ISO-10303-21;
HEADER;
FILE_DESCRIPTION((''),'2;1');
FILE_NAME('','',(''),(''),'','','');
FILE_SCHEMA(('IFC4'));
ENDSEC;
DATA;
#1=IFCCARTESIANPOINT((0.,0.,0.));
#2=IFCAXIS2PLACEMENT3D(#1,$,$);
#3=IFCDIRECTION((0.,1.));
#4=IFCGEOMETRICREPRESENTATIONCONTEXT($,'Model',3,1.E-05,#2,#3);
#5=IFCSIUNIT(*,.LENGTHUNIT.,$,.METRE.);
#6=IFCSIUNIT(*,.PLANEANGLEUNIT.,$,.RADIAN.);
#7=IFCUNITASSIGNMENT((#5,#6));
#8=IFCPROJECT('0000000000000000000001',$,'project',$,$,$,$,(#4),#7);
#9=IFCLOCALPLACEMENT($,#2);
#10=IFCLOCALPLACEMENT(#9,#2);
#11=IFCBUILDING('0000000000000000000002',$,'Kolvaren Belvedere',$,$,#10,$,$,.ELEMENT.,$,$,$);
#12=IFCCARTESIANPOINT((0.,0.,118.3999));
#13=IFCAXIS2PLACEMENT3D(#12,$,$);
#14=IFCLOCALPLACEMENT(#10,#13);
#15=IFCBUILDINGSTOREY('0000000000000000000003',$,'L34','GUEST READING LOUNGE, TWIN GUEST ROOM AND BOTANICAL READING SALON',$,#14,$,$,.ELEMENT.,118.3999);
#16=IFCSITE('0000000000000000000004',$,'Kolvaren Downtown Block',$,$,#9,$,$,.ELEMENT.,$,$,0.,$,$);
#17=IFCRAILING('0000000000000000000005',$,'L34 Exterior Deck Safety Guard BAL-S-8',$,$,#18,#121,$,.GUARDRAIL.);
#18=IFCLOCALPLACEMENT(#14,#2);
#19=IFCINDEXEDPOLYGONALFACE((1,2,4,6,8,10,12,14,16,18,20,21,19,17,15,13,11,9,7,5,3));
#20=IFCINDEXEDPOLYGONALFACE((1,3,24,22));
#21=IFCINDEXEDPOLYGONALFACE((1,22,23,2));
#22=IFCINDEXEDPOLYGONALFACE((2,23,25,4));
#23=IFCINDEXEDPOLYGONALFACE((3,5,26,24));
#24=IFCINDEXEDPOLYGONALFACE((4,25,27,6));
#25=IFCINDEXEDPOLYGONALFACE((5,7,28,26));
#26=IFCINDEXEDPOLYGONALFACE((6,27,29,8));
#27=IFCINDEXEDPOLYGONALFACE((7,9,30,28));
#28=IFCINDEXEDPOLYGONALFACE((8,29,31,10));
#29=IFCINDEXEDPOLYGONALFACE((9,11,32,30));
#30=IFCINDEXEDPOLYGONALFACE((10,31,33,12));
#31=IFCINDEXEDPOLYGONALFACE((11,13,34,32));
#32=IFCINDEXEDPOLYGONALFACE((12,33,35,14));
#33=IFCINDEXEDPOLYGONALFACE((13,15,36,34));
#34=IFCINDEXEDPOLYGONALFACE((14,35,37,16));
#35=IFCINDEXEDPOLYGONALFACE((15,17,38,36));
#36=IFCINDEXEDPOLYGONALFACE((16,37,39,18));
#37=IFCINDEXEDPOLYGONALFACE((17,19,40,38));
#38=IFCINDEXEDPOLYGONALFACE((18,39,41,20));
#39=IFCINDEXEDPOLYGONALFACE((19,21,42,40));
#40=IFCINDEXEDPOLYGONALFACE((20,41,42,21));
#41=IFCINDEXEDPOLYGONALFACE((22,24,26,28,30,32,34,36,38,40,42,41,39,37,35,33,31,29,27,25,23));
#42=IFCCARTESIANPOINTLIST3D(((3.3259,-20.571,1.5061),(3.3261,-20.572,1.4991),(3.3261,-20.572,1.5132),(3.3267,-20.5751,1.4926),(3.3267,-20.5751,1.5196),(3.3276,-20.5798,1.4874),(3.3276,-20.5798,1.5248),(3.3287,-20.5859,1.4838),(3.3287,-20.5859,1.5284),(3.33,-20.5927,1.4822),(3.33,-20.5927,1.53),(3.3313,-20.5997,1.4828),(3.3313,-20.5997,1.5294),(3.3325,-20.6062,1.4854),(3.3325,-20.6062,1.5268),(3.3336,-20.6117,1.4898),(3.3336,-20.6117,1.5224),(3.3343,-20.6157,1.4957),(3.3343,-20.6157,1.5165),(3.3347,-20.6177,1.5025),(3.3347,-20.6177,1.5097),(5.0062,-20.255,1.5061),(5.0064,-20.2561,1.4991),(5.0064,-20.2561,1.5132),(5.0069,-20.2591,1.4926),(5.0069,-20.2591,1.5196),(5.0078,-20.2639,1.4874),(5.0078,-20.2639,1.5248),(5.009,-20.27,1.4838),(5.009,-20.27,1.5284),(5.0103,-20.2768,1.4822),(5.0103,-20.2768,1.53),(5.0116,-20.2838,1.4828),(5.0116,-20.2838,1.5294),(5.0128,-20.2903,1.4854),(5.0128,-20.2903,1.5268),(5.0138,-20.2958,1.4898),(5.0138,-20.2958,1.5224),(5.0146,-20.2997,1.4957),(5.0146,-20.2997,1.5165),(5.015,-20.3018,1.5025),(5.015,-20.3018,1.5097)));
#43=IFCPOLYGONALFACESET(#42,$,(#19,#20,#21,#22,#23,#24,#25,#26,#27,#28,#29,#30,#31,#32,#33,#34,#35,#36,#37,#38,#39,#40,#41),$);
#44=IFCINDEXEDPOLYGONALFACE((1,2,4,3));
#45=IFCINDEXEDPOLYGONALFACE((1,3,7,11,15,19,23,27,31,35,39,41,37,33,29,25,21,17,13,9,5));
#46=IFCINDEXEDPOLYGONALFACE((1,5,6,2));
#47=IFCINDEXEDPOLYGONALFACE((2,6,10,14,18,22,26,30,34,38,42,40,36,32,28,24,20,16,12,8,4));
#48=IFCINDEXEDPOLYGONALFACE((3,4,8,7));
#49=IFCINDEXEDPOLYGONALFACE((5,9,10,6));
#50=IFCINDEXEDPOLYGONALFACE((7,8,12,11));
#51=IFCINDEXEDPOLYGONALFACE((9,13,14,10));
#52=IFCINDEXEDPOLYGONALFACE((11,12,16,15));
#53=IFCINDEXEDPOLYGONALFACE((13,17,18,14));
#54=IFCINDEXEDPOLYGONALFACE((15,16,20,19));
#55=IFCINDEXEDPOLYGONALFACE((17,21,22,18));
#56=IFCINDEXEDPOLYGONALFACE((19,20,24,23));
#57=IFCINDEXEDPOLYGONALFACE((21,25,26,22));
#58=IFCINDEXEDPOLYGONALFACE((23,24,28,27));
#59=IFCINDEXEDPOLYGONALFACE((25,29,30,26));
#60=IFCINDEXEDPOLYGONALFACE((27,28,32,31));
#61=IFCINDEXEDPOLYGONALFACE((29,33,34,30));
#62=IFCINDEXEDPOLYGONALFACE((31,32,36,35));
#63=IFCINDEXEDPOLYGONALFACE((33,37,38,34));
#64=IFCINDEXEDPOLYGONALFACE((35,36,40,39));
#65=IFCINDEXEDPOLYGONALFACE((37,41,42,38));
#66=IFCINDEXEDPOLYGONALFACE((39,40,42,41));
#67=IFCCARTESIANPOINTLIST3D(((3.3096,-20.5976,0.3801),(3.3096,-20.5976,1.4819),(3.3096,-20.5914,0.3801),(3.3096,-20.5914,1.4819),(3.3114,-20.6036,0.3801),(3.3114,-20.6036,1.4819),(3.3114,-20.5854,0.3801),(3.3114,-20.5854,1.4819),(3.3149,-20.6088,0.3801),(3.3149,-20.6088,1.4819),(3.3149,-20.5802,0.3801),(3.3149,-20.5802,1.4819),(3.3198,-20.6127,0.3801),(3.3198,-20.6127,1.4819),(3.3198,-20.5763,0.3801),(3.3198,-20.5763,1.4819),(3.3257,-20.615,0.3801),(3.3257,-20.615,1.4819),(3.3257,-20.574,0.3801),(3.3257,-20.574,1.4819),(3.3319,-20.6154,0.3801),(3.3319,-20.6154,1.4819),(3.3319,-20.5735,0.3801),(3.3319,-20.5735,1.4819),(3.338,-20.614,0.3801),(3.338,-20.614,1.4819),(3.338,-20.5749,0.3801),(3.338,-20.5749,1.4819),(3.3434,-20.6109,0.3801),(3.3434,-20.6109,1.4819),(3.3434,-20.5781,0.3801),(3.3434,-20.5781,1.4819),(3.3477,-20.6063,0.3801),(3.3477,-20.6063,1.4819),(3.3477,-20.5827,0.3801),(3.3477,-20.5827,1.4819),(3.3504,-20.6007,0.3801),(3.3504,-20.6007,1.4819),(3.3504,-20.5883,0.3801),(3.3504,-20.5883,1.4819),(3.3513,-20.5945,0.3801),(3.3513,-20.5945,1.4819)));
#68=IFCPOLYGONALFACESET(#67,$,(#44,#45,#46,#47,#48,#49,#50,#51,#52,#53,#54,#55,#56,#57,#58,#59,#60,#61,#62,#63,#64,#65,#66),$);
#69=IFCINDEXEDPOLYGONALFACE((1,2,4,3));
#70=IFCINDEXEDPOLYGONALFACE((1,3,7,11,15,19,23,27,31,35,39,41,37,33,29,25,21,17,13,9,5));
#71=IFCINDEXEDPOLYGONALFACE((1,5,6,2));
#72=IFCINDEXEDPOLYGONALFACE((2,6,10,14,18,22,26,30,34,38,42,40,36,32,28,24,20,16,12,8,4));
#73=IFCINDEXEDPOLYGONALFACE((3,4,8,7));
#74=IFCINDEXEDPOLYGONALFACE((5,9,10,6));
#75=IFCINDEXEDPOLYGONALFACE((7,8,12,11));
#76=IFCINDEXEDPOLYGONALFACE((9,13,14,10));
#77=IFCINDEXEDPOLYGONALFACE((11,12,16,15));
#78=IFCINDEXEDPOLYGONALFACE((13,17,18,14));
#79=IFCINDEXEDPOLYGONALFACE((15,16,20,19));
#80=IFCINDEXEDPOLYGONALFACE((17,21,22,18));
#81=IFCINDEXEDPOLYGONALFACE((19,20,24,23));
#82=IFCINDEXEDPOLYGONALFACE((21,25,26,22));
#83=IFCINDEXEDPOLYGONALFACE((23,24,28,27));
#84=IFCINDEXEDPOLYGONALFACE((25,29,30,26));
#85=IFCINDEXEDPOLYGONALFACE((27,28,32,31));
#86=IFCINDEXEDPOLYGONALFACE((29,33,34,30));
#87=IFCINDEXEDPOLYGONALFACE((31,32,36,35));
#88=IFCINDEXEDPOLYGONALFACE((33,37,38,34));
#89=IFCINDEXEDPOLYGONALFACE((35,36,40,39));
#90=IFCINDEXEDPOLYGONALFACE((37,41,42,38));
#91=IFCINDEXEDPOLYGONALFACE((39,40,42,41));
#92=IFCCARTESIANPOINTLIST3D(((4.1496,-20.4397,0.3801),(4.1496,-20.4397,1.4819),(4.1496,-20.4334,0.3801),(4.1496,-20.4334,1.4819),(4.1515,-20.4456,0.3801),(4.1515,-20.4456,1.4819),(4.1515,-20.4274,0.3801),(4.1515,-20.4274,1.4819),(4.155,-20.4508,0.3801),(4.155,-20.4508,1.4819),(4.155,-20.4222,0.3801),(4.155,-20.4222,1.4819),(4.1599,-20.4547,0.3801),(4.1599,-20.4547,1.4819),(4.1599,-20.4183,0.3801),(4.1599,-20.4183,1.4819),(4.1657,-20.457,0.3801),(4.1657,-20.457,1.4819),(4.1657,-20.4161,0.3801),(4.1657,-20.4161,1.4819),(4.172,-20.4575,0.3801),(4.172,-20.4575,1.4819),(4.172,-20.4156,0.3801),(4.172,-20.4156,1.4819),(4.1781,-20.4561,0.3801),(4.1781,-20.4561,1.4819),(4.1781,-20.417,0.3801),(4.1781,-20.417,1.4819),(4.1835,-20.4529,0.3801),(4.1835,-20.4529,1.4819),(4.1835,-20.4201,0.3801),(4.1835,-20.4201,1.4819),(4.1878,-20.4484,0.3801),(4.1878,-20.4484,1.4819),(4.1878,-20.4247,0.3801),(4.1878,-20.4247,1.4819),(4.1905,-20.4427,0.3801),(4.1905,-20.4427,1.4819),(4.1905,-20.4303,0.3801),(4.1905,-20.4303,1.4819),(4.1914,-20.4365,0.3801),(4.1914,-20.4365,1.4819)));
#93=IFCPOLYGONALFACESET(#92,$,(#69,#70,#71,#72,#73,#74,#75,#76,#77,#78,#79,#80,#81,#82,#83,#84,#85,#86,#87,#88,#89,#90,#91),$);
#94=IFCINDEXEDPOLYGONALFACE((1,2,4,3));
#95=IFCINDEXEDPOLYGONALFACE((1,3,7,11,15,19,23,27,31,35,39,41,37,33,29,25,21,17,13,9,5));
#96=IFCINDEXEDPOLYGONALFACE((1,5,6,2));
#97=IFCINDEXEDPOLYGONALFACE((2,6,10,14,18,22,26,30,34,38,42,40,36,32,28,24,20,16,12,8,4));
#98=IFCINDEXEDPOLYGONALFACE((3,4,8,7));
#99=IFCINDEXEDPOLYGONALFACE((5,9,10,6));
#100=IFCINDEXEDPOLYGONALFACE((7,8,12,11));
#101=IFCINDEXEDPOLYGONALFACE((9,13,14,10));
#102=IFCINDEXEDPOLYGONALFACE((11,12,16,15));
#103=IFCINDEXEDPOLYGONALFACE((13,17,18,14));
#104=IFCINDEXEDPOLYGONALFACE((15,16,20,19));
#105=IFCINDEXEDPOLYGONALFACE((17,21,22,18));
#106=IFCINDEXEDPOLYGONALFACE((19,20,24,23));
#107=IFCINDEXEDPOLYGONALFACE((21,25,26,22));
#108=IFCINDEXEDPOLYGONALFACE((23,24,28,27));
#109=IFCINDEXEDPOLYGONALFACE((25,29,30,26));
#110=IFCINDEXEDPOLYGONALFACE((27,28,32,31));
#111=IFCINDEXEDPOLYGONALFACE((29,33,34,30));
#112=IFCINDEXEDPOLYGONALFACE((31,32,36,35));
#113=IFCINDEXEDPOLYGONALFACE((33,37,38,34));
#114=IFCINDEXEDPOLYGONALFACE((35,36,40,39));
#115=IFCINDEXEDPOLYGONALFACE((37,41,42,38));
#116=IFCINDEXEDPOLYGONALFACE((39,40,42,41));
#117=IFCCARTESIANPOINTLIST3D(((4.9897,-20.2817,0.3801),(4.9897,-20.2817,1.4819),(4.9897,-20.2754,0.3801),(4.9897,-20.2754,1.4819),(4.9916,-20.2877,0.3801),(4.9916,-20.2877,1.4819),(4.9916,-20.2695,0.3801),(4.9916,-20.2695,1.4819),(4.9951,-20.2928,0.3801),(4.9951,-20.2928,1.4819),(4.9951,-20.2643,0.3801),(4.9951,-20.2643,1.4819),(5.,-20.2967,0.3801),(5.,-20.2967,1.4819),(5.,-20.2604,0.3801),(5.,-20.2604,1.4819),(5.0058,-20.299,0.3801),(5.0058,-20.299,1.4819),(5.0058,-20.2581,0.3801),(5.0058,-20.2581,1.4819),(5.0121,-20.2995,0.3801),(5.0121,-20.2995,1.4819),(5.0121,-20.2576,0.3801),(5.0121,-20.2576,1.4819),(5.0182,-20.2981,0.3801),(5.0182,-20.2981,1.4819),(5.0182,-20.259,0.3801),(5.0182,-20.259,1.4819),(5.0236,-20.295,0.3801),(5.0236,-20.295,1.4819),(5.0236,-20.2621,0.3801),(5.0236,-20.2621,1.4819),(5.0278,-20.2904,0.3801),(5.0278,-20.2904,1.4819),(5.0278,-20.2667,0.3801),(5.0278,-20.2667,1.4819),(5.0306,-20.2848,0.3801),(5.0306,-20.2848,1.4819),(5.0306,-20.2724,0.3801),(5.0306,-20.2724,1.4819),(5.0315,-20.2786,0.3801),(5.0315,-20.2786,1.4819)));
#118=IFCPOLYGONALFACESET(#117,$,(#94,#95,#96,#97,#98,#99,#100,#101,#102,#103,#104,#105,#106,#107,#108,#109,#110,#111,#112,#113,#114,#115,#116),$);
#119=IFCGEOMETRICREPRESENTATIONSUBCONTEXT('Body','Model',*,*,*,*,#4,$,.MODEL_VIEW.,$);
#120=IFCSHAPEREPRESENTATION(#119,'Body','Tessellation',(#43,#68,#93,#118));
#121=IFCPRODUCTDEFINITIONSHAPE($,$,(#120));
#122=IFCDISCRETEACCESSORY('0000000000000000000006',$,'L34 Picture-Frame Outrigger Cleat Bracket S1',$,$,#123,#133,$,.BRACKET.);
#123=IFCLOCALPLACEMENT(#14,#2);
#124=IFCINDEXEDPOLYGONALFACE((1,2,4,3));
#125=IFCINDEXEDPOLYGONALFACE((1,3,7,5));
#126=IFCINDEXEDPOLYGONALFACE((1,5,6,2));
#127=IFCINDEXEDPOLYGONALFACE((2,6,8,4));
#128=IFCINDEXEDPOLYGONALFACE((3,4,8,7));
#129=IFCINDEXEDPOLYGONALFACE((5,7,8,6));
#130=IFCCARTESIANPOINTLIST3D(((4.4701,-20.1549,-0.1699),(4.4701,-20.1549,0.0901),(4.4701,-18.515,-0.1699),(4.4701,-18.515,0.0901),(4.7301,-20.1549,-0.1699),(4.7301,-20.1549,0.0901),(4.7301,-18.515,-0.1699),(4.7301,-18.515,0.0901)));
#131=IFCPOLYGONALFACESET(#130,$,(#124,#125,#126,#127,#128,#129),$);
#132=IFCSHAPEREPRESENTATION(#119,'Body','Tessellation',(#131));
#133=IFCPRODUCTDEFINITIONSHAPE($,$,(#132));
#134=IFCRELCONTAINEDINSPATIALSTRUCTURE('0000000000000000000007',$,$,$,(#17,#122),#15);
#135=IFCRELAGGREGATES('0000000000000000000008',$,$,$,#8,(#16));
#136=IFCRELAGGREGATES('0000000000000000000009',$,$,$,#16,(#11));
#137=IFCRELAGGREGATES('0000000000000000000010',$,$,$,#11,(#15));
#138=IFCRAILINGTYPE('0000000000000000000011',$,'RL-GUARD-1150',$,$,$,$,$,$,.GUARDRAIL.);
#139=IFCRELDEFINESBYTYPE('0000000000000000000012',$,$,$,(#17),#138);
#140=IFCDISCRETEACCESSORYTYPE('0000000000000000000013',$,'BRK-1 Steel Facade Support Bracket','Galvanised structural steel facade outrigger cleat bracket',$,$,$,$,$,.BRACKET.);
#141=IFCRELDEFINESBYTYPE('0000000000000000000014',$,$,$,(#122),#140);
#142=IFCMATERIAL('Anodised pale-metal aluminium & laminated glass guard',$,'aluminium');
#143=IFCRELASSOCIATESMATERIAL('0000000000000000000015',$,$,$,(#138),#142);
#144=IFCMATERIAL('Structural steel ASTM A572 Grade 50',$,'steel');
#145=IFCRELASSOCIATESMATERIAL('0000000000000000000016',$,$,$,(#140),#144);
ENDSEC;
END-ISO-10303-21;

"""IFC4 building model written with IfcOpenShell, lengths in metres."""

from ifc_helpers import new_model, si_unit, direction, frame, origin, origin_2d, place, context, subcontext, project, spatial, rectangle, circle, extrude, material, type_object, element, save


model = new_model("IFC4")

# Units and contexts
model_context = context("Model", 3, precision=1e-05, world=origin(), true_north=direction((0.0, 1.0)))
body_context = subcontext(model_context, "Body", "Model", "MODEL_VIEW")
ifc_project = project(units=[si_unit("LENGTHUNIT", "METRE"), si_unit("PLANEANGLEUNIT", "RADIAN")], contexts=[model_context])

# Site, building, storey
site_placement = place(None, origin())
site = spatial("IfcSite", under=ifc_project, at=site_placement, Name="Kolvaren Downtown Block", CompositionType="ELEMENT", RefElevation=0.0)
building_placement = place(site_placement, origin())
building = spatial("IfcBuilding", under=site, at=building_placement, Name="Kolvaren Belvedere", CompositionType="ELEMENT")
storey_placement = place(building_placement, frame((0.0, 0.0, 118.3999)))
storey = spatial("IfcBuildingStorey", under=building, at=storey_placement, Name="L34", Description="GUEST READING LOUNGE, TWIN GUEST ROOM AND BOTANICAL READING SALON", CompositionType="ELEMENT", Elevation=118.3999)

# Railing
ifc_material_1 = material(Name="Anodised pale-metal aluminium & laminated glass guard", Category="aluminium")
railing_type = type_object("IfcRailingType", Name="RL-GUARD-1150", PredefinedType="GUARDRAIL", material=ifc_material_1)
railing_1_placement = place(storey_placement, frame((3.3303, -20.5945, 0.3801)))
element("IfcRailing", 1, at=railing_1_placement, inside=storey, type_object=railing_type, Name="L34 Exterior Deck Safety Guard BAL-S-8", PredefinedType="GUARDRAIL", context=body_context, shape_type="SweptSolid", body=[
    extrude(circle(Radius=0.0239, at=origin_2d()), frame((0.0, 0.0, 1.126), z_axis=(0.982778, 0.184789, 0.0), x_axis=(-0.184789, 0.982778, 0.0)), (0.0, 0.0, 1.0), 1.7097),
    extrude(circle(Radius=0.021, at=origin_2d()), origin(), (0.0, 0.0, 1.0), 1.1018),
    extrude(circle(Radius=0.021, at=origin_2d()), frame((0.8401, 0.158, 0.0)), (0.0, 0.0, 1.0), 1.1018),
    extrude(circle(Radius=0.021, at=origin_2d()), frame((1.6802, 0.3159, 0.0)), (0.0, 0.0, 1.0), 1.1018),
])

# Discrete accessory
ifc_material_2 = material(Name="Structural steel ASTM A572 Grade 50", Category="steel")
discrete_accessory_type = type_object("IfcDiscreteAccessoryType", Name="BRK-1 Steel Facade Support Bracket", Description="Galvanised structural steel facade outrigger cleat bracket", PredefinedType="BRACKET", material=ifc_material_2)
discrete_accessory_placement = place(storey_placement, frame((4.6001, -19.335, -0.1699), z_axis=(0.0, 0.0, 1.0), x_axis=(0.0, 1.0, 0.0)))
element("IfcDiscreteAccessory", 2, at=discrete_accessory_placement, inside=storey, type_object=discrete_accessory_type, Name="L34 Picture-Frame Outrigger Cleat Bracket S1", PredefinedType="BRACKET", context=body_context, shape_type="SweptSolid", body=[
    extrude(rectangle(XDim=1.6399, YDim=0.26, at=origin_2d()), origin(), (0.0, 0.0, 1.0), 0.26),
])

save(model, "model.ifc")
